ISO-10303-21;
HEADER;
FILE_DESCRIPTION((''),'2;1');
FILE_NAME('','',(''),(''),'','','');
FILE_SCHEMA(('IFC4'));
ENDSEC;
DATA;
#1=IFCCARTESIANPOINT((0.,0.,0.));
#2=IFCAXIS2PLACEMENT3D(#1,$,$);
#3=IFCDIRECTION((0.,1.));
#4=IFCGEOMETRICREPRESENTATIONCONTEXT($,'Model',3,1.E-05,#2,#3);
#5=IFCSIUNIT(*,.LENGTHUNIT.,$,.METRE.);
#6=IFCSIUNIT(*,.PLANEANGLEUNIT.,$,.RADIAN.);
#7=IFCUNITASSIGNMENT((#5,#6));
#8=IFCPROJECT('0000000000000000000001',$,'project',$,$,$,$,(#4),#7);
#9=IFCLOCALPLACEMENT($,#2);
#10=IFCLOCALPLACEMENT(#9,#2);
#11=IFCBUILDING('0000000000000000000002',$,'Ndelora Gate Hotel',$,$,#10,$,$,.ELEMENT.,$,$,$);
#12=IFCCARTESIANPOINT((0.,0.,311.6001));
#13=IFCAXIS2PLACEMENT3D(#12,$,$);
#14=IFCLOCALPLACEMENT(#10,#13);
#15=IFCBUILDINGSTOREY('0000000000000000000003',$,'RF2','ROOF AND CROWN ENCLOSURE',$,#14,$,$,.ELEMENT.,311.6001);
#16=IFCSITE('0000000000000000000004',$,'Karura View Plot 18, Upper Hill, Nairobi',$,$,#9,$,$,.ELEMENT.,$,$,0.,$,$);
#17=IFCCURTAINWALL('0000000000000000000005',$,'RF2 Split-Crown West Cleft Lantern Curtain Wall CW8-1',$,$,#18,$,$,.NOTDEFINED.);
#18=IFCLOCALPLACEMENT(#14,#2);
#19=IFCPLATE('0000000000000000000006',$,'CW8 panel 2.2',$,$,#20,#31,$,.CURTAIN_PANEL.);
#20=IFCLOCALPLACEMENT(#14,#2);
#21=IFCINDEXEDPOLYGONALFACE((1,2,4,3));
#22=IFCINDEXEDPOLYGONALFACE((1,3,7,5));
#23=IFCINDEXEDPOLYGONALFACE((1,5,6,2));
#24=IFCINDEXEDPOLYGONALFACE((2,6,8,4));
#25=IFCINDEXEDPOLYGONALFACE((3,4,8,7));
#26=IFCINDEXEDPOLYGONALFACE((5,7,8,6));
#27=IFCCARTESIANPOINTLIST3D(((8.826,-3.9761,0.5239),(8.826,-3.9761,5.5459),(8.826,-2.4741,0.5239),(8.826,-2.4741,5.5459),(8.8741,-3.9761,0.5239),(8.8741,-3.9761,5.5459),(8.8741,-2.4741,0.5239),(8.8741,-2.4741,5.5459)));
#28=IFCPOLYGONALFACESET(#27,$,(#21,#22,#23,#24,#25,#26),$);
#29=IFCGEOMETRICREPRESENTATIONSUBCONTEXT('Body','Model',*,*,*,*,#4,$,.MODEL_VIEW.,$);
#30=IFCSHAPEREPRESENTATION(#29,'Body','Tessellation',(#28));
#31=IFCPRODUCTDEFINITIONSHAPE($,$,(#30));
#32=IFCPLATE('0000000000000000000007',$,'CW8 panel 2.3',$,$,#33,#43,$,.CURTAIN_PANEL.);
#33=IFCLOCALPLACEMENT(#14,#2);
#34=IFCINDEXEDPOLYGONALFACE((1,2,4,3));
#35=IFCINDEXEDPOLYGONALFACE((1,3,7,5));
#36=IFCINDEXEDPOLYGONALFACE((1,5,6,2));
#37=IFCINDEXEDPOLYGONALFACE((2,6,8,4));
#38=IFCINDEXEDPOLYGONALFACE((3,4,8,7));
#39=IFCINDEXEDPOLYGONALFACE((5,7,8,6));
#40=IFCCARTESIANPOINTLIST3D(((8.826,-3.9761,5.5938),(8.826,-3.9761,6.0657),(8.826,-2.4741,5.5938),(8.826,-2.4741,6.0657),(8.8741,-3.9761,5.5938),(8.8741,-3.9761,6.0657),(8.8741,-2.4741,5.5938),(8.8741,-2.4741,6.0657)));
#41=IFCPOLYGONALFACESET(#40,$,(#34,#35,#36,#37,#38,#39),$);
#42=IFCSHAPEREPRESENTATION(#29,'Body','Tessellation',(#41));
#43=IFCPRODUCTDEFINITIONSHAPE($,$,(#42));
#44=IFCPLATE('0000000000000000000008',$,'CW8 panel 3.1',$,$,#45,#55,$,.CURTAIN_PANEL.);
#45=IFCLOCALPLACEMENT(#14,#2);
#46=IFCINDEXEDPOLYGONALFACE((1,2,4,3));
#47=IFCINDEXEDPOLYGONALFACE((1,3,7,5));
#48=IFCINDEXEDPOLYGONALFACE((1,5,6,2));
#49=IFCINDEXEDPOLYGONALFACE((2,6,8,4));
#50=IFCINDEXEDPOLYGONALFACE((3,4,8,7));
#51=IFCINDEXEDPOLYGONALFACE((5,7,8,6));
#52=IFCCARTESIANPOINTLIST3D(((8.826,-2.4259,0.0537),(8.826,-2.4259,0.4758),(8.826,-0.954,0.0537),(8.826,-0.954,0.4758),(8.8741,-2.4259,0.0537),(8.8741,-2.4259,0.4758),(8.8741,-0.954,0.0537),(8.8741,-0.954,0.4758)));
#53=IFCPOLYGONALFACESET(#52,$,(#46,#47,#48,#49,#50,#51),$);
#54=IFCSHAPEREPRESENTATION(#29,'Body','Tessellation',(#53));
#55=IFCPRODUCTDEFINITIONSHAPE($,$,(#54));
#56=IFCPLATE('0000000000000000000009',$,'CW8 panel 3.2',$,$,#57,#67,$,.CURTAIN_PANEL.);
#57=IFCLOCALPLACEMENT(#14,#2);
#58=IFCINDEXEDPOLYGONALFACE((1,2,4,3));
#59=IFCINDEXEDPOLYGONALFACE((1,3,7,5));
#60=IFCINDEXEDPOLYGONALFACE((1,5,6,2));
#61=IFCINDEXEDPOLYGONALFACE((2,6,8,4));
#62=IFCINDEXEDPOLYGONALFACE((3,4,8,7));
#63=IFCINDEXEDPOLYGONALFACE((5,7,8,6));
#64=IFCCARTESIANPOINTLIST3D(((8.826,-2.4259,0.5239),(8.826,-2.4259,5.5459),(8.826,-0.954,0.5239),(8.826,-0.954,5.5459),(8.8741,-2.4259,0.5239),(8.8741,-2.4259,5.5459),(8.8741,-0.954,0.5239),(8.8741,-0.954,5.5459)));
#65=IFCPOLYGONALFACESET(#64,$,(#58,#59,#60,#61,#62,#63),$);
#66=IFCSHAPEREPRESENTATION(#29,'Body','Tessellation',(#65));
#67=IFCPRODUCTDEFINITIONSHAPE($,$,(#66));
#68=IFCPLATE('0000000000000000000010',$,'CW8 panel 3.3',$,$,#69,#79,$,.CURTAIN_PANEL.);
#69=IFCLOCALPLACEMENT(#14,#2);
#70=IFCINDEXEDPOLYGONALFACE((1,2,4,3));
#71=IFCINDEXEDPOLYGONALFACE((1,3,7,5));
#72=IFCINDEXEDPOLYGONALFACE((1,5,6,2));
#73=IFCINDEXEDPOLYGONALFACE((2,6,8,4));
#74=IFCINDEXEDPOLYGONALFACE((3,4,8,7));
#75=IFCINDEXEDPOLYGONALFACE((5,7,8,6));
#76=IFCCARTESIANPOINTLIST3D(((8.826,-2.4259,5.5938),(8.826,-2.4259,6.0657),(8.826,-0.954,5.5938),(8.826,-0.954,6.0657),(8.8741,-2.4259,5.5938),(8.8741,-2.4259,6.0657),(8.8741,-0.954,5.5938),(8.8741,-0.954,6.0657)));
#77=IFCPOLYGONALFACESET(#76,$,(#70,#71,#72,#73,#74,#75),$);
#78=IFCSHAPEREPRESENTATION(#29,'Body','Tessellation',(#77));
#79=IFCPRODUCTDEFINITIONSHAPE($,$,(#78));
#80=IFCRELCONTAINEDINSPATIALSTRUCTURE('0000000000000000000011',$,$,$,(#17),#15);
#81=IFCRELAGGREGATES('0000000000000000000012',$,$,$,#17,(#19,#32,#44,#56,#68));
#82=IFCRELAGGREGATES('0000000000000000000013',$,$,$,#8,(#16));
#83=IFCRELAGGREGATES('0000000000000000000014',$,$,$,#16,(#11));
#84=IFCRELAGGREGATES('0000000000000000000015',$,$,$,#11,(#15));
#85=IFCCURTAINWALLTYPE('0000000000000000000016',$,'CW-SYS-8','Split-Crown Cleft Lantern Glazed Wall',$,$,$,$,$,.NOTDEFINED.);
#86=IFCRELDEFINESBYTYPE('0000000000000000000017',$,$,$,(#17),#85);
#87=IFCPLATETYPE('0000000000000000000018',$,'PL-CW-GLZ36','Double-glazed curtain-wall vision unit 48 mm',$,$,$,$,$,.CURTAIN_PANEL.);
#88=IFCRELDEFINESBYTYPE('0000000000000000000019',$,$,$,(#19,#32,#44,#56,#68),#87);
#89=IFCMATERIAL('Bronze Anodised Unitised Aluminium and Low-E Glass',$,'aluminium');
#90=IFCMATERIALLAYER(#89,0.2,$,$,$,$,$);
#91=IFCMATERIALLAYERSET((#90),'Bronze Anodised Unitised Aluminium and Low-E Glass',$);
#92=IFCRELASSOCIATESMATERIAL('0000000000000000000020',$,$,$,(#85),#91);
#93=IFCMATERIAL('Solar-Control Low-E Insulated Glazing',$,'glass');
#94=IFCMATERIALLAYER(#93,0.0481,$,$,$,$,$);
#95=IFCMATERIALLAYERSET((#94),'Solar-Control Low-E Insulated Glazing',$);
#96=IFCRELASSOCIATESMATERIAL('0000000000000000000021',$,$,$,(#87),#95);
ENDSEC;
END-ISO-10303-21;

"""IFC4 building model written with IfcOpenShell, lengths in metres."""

from ifc_helpers import new_model, si_unit, direction, frame, origin, origin_2d, place, context, subcontext, project, spatial, rectangle, extrude, material, layer, layer_set, type_object, element, aggregate, save


model = new_model("IFC4")

# Units and contexts
model_context = context("Model", 3, precision=1e-05, world=origin(), true_north=direction((0.0, 1.0)))
body_context = subcontext(model_context, "Body", "Model", "MODEL_VIEW")
ifc_project = project(units=[si_unit("LENGTHUNIT", "METRE"), si_unit("PLANEANGLEUNIT", "RADIAN")], contexts=[model_context])

# Site, building, storey
site_placement = place(None, origin())
site = spatial("IfcSite", under=ifc_project, at=site_placement, Name="Karura View Plot 18, Upper Hill, Nairobi", CompositionType="ELEMENT", RefElevation=0.0)
building_placement = place(site_placement, origin())
building = spatial("IfcBuilding", under=site, at=building_placement, Name="Ndelora Gate Hotel", CompositionType="ELEMENT")
storey_placement = place(building_placement, frame((0.0, 0.0, 311.6001)))
storey = spatial("IfcBuildingStorey", under=building, at=storey_placement, Name="RF2", Description="ROOF AND CROWN ENCLOSURE", CompositionType="ELEMENT", Elevation=311.6001)

# Curtain wall, plates
ifc_material_1 = material(Name="Bronze Anodised Unitised Aluminium and Low-E Glass", Category="aluminium")
ifc_layer_1 = layer(ifc_material_1, 0.2)
ifc_layer_set_1 = layer_set([ifc_layer_1], Name="Bronze Anodised Unitised Aluminium and Low-E Glass")
curtain_wall_type = type_object("IfcCurtainWallType", Name="CW-SYS-8", Description="Split-Crown Cleft Lantern Glazed Wall", PredefinedType="NOTDEFINED", material=ifc_layer_set_1)
curtain_wall_placement = place(storey_placement, origin())
curtain_wall = element("IfcCurtainWall", 1, at=curtain_wall_placement, inside=storey, type_object=curtain_wall_type, Name="RF2 Split-Crown West Cleft Lantern Curtain Wall CW8-1", PredefinedType="NOTDEFINED")
ifc_material_2 = material(Name="Solar-Control Low-E Insulated Glazing", Category="glass")
ifc_layer_2 = layer(ifc_material_2, 0.0481)
ifc_layer_set_2 = layer_set([ifc_layer_2], Name="Solar-Control Low-E Insulated Glazing")
plate_type = type_object("IfcPlateType", Name="PL-CW-GLZ36", Description="Double-glazed curtain-wall vision unit 48 mm", PredefinedType="CURTAIN_PANEL", material=ifc_layer_set_2)
plate_1_placement = place(storey_placement, frame((8.8501, -3.2251, 0.5239), z_axis=(0.0, 0.0, 1.0), x_axis=(0.0, 1.0, 0.0)))
plate_1 = element("IfcPlate", 2, at=plate_1_placement, type_object=plate_type, Name="CW8 panel 2.2", PredefinedType="CURTAIN_PANEL", context=body_context, shape_type="SweptSolid", body=[
    extrude(rectangle(XDim=1.502, YDim=0.0481, at=origin_2d()), origin(), (0.0, 0.0, 1.0), 5.022),
])
plate_2_placement = place(storey_placement, frame((8.8501, -3.2251, 5.5938), z_axis=(0.0, 0.0, 1.0), x_axis=(0.0, 1.0, 0.0)))
plate_2 = element("IfcPlate", 3, at=plate_2_placement, type_object=plate_type, Name="CW8 panel 2.3", PredefinedType="CURTAIN_PANEL", context=body_context, shape_type="SweptSolid", body=[
    extrude(rectangle(XDim=1.502, YDim=0.0481, at=origin_2d()), origin(), (0.0, 0.0, 1.0), 0.4719),
])
plate_3_placement = place(storey_placement, frame((8.8501, -1.6899, 0.0537), z_axis=(0.0, 0.0, 1.0), x_axis=(0.0, 1.0, 0.0)))
plate_3 = element("IfcPlate", 4, at=plate_3_placement, type_object=plate_type, Name="CW8 panel 3.1", PredefinedType="CURTAIN_PANEL", context=body_context, shape_type="SweptSolid", body=[
    extrude(rectangle(XDim=1.4719, YDim=0.0481, at=origin_2d()), origin(), (0.0, 0.0, 1.0), 0.4221),
])
plate_4_placement = place(storey_placement, frame((8.8501, -1.6899, 0.5239), z_axis=(0.0, 0.0, 1.0), x_axis=(0.0, 1.0, 0.0)))
plate_4 = element("IfcPlate", 5, at=plate_4_placement, type_object=plate_type, Name="CW8 panel 3.2", PredefinedType="CURTAIN_PANEL", context=body_context, shape_type="SweptSolid", body=[
    extrude(rectangle(XDim=1.4719, YDim=0.0481, at=origin_2d()), origin(), (0.0, 0.0, 1.0), 5.022),
])
plate_5_placement = place(storey_placement, frame((8.8501, -1.6899, 5.5938), z_axis=(0.0, 0.0, 1.0), x_axis=(0.0, 1.0, 0.0)))
plate_5 = element("IfcPlate", 6, at=plate_5_placement, type_object=plate_type, Name="CW8 panel 3.3", PredefinedType="CURTAIN_PANEL", context=body_context, shape_type="SweptSolid", body=[
    extrude(rectangle(XDim=1.4719, YDim=0.0481, at=origin_2d()), origin(), (0.0, 0.0, 1.0), 0.4719),
])
aggregate(curtain_wall, [plate_1, plate_2, plate_3, plate_4, plate_5])

save(model, "model.ifc")
